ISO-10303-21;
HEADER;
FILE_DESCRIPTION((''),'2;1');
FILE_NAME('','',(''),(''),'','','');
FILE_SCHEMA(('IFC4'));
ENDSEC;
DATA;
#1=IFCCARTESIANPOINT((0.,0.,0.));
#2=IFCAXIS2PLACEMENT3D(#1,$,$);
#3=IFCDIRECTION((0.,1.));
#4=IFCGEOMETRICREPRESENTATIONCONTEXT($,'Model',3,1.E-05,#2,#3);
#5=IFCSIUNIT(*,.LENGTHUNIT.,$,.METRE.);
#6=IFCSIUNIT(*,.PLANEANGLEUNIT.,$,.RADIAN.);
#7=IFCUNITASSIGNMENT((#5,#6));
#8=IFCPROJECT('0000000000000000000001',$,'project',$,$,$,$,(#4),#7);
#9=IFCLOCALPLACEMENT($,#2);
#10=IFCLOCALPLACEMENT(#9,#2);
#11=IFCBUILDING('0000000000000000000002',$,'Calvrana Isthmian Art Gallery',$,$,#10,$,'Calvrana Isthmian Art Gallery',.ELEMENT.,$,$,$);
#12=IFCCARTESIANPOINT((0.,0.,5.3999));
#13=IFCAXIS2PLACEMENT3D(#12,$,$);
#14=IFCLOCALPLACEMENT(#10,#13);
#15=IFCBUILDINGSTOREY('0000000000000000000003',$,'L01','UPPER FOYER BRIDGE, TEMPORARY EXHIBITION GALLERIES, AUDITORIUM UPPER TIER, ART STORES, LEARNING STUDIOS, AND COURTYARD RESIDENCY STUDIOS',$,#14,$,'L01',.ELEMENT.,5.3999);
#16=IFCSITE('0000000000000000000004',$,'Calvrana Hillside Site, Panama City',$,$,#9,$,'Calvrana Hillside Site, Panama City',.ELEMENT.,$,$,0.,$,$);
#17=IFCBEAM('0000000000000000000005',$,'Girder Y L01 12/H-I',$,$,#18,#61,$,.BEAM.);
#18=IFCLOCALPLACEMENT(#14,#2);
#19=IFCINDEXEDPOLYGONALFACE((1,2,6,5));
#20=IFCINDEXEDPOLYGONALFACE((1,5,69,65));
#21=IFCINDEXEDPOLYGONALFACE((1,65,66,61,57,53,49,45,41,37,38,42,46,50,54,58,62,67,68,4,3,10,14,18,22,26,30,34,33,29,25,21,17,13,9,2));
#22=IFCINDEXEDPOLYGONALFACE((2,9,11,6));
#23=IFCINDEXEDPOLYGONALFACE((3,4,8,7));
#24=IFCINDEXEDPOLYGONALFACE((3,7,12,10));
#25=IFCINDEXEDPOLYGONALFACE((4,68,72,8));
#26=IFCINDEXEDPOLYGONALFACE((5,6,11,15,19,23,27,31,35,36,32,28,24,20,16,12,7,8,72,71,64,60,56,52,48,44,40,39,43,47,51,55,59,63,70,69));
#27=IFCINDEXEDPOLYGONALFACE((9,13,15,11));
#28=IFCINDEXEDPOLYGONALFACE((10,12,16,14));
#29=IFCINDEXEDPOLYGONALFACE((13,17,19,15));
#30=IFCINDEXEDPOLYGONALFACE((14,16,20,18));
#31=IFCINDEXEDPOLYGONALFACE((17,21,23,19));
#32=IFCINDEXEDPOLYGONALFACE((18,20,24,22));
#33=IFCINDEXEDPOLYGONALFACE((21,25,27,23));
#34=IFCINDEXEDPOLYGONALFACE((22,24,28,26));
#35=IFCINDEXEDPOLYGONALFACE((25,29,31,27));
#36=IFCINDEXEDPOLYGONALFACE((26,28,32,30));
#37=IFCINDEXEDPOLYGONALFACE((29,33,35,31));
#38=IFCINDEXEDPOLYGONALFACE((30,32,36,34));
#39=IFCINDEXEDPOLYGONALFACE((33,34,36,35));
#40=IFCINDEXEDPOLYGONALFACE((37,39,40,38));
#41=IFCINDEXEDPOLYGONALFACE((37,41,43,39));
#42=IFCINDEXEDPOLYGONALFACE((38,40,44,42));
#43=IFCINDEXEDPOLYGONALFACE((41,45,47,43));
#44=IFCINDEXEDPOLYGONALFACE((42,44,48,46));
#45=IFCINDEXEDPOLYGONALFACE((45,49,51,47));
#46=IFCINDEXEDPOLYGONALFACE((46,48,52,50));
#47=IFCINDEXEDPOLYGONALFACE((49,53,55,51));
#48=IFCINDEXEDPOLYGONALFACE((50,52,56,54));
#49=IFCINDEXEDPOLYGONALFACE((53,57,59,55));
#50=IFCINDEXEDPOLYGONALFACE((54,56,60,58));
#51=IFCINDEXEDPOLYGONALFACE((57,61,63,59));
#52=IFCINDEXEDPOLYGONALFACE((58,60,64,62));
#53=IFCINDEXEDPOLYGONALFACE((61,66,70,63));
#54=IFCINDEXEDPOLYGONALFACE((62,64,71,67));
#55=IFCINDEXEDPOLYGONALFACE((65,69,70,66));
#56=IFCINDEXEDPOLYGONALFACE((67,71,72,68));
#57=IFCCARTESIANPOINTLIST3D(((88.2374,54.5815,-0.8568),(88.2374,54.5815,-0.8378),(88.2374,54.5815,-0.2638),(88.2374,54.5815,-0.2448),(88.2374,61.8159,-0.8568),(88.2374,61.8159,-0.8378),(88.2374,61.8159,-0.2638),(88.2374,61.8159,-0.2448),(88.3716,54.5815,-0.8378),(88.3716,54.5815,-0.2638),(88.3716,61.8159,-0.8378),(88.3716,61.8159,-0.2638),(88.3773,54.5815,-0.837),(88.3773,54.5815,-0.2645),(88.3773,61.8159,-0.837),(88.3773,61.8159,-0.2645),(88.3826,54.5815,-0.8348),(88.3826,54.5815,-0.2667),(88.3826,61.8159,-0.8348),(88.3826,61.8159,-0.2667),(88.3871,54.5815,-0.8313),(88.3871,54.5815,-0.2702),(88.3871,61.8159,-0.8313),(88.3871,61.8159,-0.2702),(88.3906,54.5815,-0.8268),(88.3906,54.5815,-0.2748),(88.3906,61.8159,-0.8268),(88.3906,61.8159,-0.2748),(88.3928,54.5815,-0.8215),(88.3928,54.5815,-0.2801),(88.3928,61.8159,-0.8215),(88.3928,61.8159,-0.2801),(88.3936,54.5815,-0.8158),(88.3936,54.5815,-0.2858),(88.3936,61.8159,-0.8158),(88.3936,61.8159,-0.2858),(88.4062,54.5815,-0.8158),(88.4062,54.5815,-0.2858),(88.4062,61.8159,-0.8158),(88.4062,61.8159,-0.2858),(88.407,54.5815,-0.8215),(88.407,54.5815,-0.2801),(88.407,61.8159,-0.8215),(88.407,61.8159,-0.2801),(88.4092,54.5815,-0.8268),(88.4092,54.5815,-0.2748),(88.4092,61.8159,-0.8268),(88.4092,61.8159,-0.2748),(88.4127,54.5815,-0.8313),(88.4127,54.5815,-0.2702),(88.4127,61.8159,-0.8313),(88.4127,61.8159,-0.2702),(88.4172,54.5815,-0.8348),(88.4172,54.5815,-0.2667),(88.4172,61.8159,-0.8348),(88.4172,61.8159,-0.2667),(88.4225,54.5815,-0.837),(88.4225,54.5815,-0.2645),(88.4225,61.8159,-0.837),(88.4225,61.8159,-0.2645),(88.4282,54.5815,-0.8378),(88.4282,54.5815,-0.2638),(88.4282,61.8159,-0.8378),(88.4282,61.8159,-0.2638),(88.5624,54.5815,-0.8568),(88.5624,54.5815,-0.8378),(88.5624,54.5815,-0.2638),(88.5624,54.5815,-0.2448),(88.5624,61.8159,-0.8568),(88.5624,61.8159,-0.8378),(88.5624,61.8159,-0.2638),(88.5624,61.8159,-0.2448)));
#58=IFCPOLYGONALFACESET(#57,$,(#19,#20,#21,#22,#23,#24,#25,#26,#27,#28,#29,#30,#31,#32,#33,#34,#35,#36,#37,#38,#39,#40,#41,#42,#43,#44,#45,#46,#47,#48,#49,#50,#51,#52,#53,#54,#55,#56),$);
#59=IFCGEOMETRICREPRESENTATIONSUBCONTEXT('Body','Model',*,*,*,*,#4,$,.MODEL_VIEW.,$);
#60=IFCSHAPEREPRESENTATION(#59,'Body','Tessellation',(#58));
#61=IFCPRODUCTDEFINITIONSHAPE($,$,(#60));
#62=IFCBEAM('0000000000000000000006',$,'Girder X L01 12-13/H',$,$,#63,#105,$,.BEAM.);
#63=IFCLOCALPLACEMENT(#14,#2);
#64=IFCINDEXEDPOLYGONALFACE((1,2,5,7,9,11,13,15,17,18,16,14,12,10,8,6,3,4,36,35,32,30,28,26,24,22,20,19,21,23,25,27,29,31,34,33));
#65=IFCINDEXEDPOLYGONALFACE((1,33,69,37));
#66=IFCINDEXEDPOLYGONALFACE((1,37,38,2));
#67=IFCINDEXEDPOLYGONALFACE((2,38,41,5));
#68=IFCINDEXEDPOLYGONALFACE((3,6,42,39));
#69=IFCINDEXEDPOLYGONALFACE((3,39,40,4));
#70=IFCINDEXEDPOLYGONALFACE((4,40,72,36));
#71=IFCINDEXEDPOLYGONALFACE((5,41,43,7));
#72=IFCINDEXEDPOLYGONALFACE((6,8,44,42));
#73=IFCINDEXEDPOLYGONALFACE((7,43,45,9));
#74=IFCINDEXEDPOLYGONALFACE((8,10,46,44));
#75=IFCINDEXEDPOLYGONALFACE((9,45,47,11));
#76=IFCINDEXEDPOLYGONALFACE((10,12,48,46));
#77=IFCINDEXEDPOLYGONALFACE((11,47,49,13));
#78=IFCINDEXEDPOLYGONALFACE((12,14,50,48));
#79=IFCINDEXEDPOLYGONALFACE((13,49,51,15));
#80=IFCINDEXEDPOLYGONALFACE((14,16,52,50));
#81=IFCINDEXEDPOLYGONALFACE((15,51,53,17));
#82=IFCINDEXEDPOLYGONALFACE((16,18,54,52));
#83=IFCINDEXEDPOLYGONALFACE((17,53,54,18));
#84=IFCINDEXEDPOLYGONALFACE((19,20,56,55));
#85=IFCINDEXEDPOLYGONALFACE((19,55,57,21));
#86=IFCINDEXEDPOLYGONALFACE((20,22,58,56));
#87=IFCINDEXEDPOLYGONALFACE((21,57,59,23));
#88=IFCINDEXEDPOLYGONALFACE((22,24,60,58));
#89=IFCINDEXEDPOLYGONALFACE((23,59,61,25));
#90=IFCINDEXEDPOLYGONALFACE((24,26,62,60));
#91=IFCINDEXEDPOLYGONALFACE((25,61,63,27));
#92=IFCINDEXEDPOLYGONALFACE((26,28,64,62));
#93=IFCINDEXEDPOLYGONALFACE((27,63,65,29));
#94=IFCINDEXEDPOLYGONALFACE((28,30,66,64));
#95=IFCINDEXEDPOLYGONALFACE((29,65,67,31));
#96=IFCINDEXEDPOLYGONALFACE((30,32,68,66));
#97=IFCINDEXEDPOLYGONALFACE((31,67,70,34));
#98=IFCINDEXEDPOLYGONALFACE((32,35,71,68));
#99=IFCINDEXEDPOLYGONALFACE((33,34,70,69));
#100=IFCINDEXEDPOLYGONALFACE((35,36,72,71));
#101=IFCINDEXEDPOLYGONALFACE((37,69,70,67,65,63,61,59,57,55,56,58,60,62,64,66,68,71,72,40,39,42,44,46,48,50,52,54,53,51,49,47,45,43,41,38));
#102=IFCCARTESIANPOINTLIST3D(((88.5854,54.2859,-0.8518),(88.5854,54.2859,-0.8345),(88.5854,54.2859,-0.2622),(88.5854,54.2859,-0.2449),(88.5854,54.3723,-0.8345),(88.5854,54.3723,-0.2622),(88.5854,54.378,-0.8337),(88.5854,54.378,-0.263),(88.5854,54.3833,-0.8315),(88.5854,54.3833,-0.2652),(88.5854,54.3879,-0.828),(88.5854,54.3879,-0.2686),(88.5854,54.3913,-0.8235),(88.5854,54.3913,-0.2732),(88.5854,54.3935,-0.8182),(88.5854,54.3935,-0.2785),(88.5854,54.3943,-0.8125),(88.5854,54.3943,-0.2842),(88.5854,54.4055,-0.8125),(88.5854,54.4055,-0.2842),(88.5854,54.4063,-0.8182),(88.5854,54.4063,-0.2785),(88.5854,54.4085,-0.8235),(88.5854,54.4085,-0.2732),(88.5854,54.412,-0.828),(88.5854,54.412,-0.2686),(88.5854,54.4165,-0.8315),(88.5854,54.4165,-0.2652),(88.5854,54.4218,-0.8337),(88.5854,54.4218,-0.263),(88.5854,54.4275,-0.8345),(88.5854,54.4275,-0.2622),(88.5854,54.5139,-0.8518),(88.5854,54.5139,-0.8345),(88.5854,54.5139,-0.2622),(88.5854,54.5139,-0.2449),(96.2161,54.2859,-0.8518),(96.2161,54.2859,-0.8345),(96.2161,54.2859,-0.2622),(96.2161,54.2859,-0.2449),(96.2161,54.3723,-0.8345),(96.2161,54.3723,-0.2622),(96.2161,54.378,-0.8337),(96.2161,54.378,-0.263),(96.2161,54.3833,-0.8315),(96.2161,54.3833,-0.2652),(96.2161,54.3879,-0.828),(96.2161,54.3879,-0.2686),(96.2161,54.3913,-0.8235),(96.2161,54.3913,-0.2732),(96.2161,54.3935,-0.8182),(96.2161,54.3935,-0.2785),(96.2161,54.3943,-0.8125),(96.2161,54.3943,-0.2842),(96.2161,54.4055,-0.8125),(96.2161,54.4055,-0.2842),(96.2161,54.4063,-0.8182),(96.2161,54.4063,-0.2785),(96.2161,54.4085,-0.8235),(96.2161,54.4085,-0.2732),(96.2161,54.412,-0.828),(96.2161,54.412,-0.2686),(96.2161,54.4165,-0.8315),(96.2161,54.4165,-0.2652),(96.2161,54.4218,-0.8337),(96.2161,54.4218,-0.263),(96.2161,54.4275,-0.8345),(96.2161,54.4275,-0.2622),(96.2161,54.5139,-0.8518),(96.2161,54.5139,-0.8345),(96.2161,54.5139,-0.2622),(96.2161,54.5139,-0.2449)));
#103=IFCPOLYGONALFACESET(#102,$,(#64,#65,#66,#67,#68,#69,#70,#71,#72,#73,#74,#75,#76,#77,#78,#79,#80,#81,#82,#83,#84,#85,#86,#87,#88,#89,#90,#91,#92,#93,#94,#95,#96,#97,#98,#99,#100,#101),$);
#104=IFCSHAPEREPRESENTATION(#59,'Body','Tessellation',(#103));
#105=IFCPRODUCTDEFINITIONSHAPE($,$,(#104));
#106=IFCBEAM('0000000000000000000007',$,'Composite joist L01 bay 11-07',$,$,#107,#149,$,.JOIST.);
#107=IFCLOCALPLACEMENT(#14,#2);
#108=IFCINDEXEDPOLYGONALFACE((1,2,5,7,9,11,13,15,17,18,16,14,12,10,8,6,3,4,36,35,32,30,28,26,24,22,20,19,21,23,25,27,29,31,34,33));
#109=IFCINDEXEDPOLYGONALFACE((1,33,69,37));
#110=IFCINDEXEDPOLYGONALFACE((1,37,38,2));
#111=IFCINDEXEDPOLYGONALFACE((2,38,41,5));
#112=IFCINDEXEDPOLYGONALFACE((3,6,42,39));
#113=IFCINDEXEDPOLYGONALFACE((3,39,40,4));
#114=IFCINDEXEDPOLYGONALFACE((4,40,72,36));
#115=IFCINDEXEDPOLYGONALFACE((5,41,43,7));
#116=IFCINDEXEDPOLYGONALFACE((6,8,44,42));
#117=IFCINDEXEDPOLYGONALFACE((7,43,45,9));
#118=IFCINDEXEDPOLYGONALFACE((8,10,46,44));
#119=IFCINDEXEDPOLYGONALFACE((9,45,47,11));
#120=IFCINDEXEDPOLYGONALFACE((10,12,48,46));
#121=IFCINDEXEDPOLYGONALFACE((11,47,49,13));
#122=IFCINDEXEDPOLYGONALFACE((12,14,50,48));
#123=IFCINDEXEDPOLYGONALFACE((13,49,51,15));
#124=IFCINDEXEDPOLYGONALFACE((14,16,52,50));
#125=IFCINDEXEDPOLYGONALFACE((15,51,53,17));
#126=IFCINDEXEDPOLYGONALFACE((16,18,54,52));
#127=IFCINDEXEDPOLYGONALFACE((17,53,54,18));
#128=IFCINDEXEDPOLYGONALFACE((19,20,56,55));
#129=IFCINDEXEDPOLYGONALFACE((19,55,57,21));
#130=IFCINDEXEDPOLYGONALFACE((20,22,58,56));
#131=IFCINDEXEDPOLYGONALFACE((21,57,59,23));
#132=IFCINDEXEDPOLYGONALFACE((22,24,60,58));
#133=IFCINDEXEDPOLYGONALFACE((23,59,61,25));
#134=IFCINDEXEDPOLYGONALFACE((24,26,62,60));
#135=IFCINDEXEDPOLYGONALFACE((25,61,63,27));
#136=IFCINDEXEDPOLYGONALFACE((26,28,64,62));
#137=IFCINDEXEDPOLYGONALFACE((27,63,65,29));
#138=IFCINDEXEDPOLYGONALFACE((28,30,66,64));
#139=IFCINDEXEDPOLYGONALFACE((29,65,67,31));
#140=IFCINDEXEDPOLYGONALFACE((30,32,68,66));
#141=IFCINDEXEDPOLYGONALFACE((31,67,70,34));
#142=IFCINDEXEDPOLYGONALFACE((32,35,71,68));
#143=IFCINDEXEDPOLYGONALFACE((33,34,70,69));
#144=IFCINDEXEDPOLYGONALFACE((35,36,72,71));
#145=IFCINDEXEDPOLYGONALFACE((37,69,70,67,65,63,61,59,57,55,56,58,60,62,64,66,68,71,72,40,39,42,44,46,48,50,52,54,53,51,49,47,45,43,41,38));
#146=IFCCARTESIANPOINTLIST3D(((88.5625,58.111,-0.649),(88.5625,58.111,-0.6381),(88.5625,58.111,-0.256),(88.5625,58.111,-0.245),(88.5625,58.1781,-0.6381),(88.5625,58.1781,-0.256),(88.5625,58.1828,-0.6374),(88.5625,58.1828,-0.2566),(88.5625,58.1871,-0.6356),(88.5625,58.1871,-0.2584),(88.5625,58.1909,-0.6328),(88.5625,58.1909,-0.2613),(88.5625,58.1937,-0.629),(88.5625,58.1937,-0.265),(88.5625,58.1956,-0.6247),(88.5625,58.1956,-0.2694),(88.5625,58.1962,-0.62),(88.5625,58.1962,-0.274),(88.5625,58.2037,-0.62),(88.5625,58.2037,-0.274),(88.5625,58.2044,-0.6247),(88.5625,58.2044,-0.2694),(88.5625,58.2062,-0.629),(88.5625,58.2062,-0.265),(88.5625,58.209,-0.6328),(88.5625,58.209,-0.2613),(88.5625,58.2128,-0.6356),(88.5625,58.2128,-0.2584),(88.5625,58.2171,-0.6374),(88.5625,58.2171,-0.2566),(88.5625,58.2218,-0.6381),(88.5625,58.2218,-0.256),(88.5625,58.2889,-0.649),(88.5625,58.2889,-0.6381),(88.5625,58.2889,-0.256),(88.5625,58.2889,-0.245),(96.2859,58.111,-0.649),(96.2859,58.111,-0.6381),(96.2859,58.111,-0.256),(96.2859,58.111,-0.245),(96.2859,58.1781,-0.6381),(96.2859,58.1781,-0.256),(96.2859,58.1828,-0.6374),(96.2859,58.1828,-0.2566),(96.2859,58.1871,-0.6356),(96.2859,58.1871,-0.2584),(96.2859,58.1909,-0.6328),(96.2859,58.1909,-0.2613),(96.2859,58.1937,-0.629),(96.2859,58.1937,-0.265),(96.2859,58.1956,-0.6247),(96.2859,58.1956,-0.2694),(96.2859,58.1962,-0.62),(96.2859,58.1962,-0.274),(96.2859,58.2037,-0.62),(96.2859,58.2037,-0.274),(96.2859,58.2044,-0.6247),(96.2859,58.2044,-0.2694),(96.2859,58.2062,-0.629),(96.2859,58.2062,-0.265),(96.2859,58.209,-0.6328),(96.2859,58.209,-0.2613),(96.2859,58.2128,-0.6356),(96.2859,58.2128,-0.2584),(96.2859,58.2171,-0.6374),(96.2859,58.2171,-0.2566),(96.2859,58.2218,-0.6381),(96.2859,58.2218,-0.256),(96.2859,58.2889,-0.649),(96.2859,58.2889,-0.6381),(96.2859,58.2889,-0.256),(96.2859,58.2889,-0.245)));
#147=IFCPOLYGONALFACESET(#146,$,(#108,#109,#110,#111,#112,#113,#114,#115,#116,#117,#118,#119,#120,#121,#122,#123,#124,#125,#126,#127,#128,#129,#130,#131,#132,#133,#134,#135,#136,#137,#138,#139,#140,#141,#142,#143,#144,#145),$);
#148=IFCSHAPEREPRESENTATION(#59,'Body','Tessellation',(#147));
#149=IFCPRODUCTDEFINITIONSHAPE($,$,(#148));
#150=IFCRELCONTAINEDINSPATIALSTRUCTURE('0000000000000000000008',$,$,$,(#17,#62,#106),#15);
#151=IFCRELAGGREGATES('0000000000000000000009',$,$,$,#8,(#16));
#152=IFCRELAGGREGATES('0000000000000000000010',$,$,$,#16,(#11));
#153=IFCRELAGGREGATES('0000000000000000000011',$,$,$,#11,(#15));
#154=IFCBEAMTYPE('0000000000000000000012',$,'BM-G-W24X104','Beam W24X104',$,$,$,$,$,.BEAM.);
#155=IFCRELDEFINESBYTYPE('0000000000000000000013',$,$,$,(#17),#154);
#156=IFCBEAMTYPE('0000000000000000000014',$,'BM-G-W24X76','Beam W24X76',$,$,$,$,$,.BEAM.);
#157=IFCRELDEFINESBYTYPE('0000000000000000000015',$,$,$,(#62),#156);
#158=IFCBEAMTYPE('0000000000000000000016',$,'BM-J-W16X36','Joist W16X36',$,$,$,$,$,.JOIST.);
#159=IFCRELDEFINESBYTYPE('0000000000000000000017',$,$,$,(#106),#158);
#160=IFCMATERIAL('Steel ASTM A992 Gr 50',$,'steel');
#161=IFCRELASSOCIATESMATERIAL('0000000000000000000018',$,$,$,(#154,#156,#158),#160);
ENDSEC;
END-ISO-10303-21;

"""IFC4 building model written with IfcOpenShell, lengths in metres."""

from ifc_helpers import new_model, si_unit, direction, frame, origin, origin_2d, place, context, subcontext, project, spatial, i_section, extrude, material, material_profile, profile_set, type_object, element, save


model = new_model("IFC4")

# Units and contexts
model_context = context("Model", 3, precision=1e-05, world=origin(), true_north=direction((0.0, 1.0)))
body_context = subcontext(model_context, "Body", "Model", "MODEL_VIEW")
ifc_project = project(units=[si_unit("LENGTHUNIT", "METRE"), si_unit("PLANEANGLEUNIT", "RADIAN")], contexts=[model_context])

# Site, building, storey
site_placement = place(None, origin())
site = spatial("IfcSite", under=ifc_project, at=site_placement, Name="Calvrana Hillside Site, Panama City", LongName="Calvrana Hillside Site, Panama City", CompositionType="ELEMENT", RefElevation=0.0)
building_placement = place(site_placement, origin())
building = spatial("IfcBuilding", under=site, at=building_placement, Name="Calvrana Isthmian Art Gallery", LongName="Calvrana Isthmian Art Gallery", CompositionType="ELEMENT")
storey_placement = place(building_placement, frame((0.0, 0.0, 5.3999)))
storey = spatial("IfcBuildingStorey", under=building, at=storey_placement, Name="L01", Description="UPPER FOYER BRIDGE, TEMPORARY EXHIBITION GALLERIES, AUDITORIUM UPPER TIER, ART STORES, LEARNING STUDIOS, AND COURTYARD RESIDENCY STUDIOS", LongName="L01", CompositionType="ELEMENT", Elevation=5.3999)

# Beams
ifc_material_1 = material(Name="Steel ASTM A992 Gr 50", Category="steel")
ifc_material_profile_1 = material_profile(ifc_material_1, i_section(OverallWidth=0.325, OverallDepth=0.6121, WebThickness=0.0127, FlangeThickness=0.019, FilletRadius=0.022, at=origin_2d()), Name="W24X104")
ifc_profile_set_1 = profile_set([ifc_material_profile_1], Name="Steel ASTM A992 Gr 50")
beam_type_1 = type_object("IfcBeamType", Name="BM-G-W24X104", Description="Beam W24X104", PredefinedType="BEAM", material=ifc_profile_set_1)
beam_1_placement = place(storey_placement, frame((88.3999, 54.5815, -0.5508), z_axis=(0.0, 1.0, 0.0), x_axis=(-1.0, 0.0, 0.0)))
element("IfcBeam", 1, at=beam_1_placement, inside=storey, type_object=beam_type_1, Name="Girder Y L01 12/H-I", PredefinedType="BEAM", context=body_context, shape_type="SweptSolid", body=[
    extrude(i_section(OverallWidth=0.325, OverallDepth=0.6121, WebThickness=0.0127, FlangeThickness=0.019, FilletRadius=0.022, at=origin_2d()), origin(), (0.0, 0.0, 1.0), 7.2344),
])
ifc_material_profile_2 = material_profile(ifc_material_1, i_section(OverallWidth=0.228, OverallDepth=0.6069, WebThickness=0.0112, FlangeThickness=0.0173, FilletRadius=0.022, at=origin_2d()), Name="W24X76")
ifc_profile_set_2 = profile_set([ifc_material_profile_2], Name="Steel ASTM A992 Gr 50")
beam_type_2 = type_object("IfcBeamType", Name="BM-G-W24X76", Description="Beam W24X76", PredefinedType="BEAM", material=ifc_profile_set_2)
beam_2_placement = place(storey_placement, frame((88.5854, 54.3999, -0.5483), z_axis=(1.0, 0.0, 0.0), x_axis=(0.0, 1.0, 0.0)))
element("IfcBeam", 2, at=beam_2_placement, inside=storey, type_object=beam_type_2, Name="Girder X L01 12-13/H", PredefinedType="BEAM", context=body_context, shape_type="SweptSolid", body=[
    extrude(i_section(OverallWidth=0.228, OverallDepth=0.6069, WebThickness=0.0112, FlangeThickness=0.0173, FilletRadius=0.022, at=origin_2d()), origin(), (0.0, 0.0, 1.0), 7.6306),
])
ifc_material_profile_3 = material_profile(ifc_material_1, i_section(OverallWidth=0.178, OverallDepth=0.4041, WebThickness=0.0076, FlangeThickness=0.011, FilletRadius=0.0181, at=origin_2d()), Name="W16X36")
ifc_profile_set_3 = profile_set([ifc_material_profile_3], Name="Steel ASTM A992 Gr 50")
beam_type_3 = type_object("IfcBeamType", Name="BM-J-W16X36", Description="Joist W16X36", PredefinedType="JOIST", material=ifc_profile_set_3)
beam_3_placement = place(storey_placement, frame((88.5625, 58.2, -0.447), z_axis=(1.0, 0.0, 0.0), x_axis=(0.0, 1.0, 0.0)))
element("IfcBeam", 3, at=beam_3_placement, inside=storey, type_object=beam_type_3, Name="Composite joist L01 bay 11-07", PredefinedType="JOIST", context=body_context, shape_type="SweptSolid", body=[
    extrude(i_section(OverallWidth=0.178, OverallDepth=0.4041, WebThickness=0.0076, FlangeThickness=0.011, FilletRadius=0.0181, at=origin_2d()), origin(), (0.0, 0.0, 1.0), 7.7234),
])

save(model, "model.ifc")
